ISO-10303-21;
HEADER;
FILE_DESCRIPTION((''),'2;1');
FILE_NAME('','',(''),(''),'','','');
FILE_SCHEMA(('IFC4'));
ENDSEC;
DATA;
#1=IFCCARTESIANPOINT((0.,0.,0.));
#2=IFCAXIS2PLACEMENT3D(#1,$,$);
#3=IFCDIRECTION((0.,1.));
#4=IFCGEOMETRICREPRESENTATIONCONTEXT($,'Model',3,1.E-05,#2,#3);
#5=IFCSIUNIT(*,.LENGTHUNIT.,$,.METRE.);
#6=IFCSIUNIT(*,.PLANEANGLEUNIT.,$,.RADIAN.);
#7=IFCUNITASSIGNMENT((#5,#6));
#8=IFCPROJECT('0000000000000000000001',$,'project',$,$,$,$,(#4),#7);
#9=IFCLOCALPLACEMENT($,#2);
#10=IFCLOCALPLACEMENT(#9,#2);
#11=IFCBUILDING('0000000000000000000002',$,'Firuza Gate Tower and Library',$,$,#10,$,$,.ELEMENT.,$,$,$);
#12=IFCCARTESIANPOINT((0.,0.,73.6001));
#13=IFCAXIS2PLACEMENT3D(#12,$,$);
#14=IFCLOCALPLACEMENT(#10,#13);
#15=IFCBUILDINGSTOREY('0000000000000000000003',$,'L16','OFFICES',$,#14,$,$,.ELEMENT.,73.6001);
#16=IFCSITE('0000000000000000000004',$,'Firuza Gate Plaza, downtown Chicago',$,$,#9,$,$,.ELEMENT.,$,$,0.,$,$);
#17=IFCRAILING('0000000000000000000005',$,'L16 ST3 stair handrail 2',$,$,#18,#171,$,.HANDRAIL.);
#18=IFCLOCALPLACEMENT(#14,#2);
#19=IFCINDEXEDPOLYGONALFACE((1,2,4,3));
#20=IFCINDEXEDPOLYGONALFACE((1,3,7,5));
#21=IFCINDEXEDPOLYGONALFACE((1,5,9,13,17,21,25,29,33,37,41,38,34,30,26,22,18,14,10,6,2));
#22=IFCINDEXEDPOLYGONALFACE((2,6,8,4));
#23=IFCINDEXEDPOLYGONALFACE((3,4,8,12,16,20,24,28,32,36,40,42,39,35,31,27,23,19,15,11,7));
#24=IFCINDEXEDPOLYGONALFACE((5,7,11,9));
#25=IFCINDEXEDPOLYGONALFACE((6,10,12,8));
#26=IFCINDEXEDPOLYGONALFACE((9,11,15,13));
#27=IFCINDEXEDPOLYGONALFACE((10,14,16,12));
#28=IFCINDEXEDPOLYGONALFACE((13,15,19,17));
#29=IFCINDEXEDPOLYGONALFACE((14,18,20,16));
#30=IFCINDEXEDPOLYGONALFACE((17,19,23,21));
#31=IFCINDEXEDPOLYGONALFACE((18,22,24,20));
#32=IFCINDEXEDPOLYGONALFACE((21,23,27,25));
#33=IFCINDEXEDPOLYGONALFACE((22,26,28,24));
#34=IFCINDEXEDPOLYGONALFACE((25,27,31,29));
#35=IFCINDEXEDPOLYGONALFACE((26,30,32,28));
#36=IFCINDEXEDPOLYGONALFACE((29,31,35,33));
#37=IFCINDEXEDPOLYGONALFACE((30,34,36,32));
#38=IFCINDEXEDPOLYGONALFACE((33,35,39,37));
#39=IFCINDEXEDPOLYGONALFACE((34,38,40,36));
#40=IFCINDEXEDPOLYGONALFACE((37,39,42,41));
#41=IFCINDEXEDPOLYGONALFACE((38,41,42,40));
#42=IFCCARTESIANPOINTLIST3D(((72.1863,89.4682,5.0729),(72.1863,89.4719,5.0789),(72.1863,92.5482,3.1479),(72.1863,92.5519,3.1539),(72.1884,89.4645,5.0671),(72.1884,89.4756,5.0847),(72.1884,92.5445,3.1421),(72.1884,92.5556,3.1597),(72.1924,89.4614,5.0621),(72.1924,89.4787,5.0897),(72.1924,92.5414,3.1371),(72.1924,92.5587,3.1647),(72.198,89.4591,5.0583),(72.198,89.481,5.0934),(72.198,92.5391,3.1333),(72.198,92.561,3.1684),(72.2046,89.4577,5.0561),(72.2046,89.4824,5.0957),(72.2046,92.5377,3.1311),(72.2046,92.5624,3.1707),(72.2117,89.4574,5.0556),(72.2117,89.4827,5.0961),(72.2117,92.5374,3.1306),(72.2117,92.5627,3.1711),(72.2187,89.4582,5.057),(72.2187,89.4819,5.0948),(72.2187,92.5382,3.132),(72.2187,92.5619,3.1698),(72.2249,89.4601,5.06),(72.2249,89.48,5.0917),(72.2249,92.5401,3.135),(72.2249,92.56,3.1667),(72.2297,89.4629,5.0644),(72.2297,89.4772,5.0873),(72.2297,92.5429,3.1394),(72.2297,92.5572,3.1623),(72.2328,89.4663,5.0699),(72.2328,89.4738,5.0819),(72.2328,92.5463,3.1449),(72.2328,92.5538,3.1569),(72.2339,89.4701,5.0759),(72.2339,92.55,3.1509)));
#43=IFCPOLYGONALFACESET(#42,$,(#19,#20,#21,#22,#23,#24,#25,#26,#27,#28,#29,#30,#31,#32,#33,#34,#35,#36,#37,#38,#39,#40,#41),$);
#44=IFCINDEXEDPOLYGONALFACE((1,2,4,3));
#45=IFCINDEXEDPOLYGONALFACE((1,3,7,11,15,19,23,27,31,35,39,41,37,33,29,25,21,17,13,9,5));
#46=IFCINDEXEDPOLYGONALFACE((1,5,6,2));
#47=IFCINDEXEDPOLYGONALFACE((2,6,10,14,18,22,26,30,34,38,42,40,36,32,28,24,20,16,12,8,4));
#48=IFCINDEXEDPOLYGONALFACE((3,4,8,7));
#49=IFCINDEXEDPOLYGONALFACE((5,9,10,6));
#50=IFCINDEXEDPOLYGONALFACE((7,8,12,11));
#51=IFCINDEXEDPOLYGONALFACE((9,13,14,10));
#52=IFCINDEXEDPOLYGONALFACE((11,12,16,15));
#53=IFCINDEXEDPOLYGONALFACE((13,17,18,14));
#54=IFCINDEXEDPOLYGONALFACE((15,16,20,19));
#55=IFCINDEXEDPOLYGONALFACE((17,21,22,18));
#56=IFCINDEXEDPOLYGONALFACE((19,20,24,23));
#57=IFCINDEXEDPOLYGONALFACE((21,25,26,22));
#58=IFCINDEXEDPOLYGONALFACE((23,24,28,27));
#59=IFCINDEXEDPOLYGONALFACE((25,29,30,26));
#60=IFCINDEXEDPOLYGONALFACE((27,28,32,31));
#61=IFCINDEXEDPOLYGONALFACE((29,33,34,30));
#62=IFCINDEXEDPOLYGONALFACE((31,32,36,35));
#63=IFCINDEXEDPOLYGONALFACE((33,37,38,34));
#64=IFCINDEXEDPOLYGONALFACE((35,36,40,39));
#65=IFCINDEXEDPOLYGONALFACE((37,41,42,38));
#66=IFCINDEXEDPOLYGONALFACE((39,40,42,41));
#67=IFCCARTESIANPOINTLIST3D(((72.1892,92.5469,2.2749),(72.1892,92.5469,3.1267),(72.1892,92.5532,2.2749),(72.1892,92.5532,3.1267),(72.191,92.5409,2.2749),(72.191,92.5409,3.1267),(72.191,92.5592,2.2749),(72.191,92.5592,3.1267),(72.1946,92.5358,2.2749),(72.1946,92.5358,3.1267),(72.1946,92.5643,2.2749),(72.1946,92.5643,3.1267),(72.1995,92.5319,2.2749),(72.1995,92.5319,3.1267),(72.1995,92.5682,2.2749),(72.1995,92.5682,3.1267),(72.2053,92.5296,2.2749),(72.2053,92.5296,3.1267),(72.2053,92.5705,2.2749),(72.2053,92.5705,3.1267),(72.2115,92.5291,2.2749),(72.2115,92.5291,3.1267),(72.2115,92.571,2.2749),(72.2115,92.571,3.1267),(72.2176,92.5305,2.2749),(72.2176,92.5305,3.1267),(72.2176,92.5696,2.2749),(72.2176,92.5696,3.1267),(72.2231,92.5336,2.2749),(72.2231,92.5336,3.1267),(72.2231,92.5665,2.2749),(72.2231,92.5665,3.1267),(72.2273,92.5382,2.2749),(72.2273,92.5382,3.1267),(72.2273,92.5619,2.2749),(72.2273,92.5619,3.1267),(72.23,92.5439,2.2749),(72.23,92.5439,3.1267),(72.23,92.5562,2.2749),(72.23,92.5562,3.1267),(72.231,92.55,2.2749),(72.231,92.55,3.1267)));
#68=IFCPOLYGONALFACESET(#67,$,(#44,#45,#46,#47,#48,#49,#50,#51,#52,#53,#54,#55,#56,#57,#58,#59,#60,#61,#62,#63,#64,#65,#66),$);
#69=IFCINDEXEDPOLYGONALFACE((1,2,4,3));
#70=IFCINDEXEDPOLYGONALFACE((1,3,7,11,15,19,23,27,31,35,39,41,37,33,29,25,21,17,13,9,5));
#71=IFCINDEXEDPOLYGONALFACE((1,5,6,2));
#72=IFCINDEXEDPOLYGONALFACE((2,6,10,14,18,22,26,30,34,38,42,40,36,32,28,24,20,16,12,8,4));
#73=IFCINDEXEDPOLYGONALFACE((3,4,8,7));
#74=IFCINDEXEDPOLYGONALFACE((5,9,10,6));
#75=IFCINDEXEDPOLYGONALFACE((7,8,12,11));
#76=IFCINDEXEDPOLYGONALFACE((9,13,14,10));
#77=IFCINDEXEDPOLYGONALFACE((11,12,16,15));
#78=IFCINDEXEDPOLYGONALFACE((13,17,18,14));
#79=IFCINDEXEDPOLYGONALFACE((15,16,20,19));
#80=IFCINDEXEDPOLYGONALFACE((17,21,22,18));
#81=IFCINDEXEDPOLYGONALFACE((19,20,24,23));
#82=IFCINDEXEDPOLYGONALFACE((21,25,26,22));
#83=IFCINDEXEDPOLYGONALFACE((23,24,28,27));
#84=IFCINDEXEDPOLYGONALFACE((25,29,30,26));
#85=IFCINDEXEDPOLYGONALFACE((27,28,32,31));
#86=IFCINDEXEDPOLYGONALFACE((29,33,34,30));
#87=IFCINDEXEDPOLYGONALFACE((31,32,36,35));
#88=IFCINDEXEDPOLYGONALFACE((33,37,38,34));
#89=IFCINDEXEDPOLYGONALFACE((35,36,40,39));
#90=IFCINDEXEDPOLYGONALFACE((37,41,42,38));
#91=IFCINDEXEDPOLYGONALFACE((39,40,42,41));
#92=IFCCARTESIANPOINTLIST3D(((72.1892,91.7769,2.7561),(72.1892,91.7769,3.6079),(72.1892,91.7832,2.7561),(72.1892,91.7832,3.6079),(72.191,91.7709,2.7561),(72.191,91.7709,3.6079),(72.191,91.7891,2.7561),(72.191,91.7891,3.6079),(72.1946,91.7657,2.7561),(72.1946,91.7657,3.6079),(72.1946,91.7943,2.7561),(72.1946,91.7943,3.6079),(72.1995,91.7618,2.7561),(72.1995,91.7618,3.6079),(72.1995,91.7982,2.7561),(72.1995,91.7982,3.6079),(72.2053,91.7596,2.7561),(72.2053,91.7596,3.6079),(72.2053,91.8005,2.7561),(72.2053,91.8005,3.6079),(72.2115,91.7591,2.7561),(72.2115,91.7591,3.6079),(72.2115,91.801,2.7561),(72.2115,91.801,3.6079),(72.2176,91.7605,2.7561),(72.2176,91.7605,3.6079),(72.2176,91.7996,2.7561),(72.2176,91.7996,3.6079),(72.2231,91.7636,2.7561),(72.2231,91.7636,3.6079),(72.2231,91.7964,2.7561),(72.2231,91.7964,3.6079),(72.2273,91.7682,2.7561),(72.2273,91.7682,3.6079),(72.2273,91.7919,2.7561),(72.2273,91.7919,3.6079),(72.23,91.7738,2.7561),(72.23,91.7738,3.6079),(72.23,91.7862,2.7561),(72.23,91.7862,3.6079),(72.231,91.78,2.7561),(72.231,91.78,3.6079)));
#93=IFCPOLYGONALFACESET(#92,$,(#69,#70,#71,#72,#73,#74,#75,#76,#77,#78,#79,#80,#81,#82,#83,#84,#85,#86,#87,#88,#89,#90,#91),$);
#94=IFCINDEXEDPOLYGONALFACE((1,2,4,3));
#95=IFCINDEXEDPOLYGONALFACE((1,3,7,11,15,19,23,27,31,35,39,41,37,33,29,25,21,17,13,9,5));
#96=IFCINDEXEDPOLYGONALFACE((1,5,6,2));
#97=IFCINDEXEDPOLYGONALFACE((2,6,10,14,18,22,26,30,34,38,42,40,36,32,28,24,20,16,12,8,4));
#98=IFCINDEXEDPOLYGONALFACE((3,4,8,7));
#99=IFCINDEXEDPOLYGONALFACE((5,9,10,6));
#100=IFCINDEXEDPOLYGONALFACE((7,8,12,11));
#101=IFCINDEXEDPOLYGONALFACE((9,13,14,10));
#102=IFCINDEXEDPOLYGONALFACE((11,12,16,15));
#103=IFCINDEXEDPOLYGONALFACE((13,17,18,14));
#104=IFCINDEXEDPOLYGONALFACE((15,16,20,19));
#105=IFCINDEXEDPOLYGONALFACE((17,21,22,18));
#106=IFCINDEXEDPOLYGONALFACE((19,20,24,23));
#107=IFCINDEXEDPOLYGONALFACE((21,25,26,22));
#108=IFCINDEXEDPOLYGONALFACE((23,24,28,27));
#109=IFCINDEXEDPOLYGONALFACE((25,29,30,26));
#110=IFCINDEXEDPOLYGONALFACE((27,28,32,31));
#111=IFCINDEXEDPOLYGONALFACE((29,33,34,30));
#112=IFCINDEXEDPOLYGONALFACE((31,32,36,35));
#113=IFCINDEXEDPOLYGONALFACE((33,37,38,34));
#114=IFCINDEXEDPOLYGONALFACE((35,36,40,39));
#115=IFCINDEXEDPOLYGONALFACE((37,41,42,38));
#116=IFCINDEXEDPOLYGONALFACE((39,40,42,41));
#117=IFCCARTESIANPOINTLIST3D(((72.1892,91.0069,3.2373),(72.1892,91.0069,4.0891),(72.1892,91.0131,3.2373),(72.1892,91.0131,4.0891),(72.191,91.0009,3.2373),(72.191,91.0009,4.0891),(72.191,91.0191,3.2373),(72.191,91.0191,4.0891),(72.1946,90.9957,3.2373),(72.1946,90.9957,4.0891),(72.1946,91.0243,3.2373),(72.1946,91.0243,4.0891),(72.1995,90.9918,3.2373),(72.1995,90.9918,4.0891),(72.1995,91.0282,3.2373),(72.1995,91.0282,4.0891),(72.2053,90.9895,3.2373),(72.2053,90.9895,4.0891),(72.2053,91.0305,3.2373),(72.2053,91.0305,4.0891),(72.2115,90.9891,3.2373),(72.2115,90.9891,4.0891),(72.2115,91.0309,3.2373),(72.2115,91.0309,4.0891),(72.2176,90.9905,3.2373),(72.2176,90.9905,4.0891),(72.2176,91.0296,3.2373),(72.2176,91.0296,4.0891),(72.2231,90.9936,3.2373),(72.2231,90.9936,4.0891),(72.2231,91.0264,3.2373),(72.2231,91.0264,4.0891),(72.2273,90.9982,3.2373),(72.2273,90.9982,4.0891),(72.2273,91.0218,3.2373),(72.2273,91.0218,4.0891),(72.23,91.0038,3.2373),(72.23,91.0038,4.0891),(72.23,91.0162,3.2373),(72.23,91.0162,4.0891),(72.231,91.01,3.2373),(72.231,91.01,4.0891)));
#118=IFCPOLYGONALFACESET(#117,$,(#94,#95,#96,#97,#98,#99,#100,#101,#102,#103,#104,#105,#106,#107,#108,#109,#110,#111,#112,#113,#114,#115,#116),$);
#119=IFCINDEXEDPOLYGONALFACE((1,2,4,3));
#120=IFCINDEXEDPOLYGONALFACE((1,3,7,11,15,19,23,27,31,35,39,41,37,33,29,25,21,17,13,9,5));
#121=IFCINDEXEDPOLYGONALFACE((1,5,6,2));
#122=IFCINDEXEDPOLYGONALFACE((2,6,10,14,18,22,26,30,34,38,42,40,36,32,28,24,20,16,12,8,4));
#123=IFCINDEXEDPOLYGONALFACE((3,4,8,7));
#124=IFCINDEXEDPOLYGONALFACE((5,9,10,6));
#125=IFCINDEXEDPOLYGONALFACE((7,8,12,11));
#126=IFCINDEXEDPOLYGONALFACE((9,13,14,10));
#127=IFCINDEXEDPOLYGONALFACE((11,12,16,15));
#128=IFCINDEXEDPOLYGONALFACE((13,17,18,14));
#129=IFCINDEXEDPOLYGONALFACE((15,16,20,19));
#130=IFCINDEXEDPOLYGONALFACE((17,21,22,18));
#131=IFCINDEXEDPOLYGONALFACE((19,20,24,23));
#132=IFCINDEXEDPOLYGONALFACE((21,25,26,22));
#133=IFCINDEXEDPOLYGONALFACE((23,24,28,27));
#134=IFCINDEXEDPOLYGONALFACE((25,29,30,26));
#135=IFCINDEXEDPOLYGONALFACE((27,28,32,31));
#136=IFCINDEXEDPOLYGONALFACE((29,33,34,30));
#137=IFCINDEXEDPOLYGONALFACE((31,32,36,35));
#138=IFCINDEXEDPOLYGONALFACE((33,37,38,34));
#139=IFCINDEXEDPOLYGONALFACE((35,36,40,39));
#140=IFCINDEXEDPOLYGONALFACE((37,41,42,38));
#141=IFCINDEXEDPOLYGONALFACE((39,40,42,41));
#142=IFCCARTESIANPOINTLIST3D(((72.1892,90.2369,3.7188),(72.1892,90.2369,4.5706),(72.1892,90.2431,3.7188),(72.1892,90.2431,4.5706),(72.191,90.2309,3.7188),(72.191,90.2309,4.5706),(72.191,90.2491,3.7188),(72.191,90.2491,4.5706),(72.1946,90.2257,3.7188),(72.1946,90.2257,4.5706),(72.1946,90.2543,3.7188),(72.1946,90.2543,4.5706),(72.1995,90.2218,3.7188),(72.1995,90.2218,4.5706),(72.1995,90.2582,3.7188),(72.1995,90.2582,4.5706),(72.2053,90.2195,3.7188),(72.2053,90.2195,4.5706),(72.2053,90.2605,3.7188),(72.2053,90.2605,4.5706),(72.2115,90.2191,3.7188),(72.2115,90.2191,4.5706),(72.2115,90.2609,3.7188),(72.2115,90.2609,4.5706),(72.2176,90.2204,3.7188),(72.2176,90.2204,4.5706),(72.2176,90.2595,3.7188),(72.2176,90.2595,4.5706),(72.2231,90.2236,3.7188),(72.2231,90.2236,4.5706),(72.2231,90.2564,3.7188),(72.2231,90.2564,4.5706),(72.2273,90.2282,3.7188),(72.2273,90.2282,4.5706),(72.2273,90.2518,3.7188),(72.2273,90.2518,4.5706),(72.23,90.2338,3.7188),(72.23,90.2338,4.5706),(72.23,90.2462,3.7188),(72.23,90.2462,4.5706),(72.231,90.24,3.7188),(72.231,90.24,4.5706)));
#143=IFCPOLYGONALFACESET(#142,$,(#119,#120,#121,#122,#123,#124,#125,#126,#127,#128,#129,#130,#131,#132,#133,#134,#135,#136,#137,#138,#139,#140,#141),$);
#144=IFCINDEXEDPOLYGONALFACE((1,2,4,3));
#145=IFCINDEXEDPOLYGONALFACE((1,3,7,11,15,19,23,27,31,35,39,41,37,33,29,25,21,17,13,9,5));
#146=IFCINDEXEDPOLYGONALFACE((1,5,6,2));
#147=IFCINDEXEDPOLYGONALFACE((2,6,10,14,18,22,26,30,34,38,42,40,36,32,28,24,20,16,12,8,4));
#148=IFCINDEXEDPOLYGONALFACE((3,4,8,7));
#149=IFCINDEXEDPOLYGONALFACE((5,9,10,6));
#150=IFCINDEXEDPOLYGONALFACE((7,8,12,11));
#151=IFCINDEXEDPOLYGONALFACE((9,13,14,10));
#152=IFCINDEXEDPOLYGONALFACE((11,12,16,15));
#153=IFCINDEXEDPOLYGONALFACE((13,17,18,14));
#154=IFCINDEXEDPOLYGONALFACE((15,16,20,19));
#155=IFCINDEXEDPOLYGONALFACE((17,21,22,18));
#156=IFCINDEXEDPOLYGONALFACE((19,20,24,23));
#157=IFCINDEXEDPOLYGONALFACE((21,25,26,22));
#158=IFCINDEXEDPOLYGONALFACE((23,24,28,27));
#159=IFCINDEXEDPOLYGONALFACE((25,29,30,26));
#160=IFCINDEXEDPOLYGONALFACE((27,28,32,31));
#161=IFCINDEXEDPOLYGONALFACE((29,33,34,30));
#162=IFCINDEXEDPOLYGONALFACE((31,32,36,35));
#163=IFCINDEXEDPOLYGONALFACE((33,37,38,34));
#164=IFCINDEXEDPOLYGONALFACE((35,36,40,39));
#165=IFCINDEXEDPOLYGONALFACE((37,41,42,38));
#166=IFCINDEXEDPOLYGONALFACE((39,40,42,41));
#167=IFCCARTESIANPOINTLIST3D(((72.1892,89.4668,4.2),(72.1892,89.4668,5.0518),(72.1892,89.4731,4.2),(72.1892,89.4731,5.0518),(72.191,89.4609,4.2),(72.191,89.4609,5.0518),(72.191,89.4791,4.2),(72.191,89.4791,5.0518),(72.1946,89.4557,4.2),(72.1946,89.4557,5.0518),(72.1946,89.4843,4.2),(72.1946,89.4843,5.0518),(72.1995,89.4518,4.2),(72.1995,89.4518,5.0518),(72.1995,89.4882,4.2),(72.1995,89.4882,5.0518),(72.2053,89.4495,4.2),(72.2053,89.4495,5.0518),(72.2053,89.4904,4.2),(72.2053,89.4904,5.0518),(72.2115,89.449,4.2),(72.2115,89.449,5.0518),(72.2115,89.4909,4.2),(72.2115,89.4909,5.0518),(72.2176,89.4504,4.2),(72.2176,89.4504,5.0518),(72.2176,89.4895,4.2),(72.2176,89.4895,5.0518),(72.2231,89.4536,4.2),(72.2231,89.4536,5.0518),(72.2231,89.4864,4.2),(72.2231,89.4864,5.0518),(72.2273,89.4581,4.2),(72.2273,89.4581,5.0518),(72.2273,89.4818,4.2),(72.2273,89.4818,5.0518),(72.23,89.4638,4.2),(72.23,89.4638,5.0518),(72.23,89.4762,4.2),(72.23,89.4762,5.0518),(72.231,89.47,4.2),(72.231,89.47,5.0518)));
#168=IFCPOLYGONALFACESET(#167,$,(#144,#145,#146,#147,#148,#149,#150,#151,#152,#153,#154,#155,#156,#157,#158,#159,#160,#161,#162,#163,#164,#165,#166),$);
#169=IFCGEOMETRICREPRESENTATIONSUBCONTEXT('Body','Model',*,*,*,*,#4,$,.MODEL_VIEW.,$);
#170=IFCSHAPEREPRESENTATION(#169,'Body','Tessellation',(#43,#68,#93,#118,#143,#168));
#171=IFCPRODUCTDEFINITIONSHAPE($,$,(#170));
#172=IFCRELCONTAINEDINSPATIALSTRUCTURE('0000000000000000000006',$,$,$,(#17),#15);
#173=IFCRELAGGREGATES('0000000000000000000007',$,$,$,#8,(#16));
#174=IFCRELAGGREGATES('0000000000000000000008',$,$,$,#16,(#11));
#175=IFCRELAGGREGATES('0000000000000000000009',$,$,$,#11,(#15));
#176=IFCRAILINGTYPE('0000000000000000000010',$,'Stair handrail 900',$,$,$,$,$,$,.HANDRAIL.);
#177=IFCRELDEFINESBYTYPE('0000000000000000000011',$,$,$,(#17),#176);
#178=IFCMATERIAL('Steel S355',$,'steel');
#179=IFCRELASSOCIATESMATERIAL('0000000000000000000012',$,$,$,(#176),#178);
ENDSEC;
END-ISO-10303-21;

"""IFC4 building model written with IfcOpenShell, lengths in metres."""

from ifc_helpers import new_model, si_unit, direction, frame, origin, origin_2d, place, context, subcontext, project, spatial, circle, extrude, material, type_object, element, save


model = new_model("IFC4")

# Units and contexts
model_context = context("Model", 3, precision=1e-05, world=origin(), true_north=direction((0.0, 1.0)))
body_context = subcontext(model_context, "Body", "Model", "MODEL_VIEW")
ifc_project = project(units=[si_unit("LENGTHUNIT", "METRE"), si_unit("PLANEANGLEUNIT", "RADIAN")], contexts=[model_context])

# Site, building, storey
site_placement = place(None, origin())
site = spatial("IfcSite", under=ifc_project, at=site_placement, Name="Firuza Gate Plaza, downtown Chicago", CompositionType="ELEMENT", RefElevation=0.0)
building_placement = place(site_placement, origin())
building = spatial("IfcBuilding", under=site, at=building_placement, Name="Firuza Gate Tower and Library", CompositionType="ELEMENT")
storey_placement = place(building_placement, frame((0.0, 0.0, 73.6001)))
storey = spatial("IfcBuildingStorey", under=building, at=storey_placement, Name="L16", Description="OFFICES", CompositionType="ELEMENT", Elevation=73.6001)

# Railing
ifc_material_1 = material(Name="Steel S355", Category="steel")
railing_type_1 = type_object("IfcRailingType", Name="Stair handrail 900", PredefinedType="HANDRAIL", material=ifc_material_1)
railing_1_placement = place(storey_placement, frame((72.21, 92.55, 2.2749)))
element("IfcRailing", 1, at=railing_1_placement, inside=storey, type_object=railing_type_1, Name="L16 ST3 stair handrail 2", PredefinedType="HANDRAIL", context=body_context, shape_type="SweptSolid", body=[
    extrude(circle(Radius=0.0239, at=origin_2d()), frame((0.0, 0.0, 0.876), z_axis=(0.0, -0.847998, 0.529999), x_axis=(1.0, 0.0, 0.0)), (0.0, 0.0, 1.0), 3.6321),
    extrude(circle(Radius=0.021, at=origin_2d()), origin(), (0.0, 0.0, 1.0), 0.8518),
    extrude(circle(Radius=0.021, at=origin_2d()), frame((0.0, -0.77, 0.4812)), (0.0, 0.0, 1.0), 0.8518),
    extrude(circle(Radius=0.021, at=origin_2d()), frame((0.0, -1.54, 0.9624)), (0.0, 0.0, 1.0), 0.8518),
    extrude(circle(Radius=0.021, at=origin_2d()), frame((0.0, -2.3101, 1.4438)), (0.0, 0.0, 1.0), 0.8518),
    extrude(circle(Radius=0.021, at=origin_2d()), frame((0.0, -3.0801, 1.925)), (0.0, 0.0, 1.0), 0.8518),
])

save(model, "model.ifc")
